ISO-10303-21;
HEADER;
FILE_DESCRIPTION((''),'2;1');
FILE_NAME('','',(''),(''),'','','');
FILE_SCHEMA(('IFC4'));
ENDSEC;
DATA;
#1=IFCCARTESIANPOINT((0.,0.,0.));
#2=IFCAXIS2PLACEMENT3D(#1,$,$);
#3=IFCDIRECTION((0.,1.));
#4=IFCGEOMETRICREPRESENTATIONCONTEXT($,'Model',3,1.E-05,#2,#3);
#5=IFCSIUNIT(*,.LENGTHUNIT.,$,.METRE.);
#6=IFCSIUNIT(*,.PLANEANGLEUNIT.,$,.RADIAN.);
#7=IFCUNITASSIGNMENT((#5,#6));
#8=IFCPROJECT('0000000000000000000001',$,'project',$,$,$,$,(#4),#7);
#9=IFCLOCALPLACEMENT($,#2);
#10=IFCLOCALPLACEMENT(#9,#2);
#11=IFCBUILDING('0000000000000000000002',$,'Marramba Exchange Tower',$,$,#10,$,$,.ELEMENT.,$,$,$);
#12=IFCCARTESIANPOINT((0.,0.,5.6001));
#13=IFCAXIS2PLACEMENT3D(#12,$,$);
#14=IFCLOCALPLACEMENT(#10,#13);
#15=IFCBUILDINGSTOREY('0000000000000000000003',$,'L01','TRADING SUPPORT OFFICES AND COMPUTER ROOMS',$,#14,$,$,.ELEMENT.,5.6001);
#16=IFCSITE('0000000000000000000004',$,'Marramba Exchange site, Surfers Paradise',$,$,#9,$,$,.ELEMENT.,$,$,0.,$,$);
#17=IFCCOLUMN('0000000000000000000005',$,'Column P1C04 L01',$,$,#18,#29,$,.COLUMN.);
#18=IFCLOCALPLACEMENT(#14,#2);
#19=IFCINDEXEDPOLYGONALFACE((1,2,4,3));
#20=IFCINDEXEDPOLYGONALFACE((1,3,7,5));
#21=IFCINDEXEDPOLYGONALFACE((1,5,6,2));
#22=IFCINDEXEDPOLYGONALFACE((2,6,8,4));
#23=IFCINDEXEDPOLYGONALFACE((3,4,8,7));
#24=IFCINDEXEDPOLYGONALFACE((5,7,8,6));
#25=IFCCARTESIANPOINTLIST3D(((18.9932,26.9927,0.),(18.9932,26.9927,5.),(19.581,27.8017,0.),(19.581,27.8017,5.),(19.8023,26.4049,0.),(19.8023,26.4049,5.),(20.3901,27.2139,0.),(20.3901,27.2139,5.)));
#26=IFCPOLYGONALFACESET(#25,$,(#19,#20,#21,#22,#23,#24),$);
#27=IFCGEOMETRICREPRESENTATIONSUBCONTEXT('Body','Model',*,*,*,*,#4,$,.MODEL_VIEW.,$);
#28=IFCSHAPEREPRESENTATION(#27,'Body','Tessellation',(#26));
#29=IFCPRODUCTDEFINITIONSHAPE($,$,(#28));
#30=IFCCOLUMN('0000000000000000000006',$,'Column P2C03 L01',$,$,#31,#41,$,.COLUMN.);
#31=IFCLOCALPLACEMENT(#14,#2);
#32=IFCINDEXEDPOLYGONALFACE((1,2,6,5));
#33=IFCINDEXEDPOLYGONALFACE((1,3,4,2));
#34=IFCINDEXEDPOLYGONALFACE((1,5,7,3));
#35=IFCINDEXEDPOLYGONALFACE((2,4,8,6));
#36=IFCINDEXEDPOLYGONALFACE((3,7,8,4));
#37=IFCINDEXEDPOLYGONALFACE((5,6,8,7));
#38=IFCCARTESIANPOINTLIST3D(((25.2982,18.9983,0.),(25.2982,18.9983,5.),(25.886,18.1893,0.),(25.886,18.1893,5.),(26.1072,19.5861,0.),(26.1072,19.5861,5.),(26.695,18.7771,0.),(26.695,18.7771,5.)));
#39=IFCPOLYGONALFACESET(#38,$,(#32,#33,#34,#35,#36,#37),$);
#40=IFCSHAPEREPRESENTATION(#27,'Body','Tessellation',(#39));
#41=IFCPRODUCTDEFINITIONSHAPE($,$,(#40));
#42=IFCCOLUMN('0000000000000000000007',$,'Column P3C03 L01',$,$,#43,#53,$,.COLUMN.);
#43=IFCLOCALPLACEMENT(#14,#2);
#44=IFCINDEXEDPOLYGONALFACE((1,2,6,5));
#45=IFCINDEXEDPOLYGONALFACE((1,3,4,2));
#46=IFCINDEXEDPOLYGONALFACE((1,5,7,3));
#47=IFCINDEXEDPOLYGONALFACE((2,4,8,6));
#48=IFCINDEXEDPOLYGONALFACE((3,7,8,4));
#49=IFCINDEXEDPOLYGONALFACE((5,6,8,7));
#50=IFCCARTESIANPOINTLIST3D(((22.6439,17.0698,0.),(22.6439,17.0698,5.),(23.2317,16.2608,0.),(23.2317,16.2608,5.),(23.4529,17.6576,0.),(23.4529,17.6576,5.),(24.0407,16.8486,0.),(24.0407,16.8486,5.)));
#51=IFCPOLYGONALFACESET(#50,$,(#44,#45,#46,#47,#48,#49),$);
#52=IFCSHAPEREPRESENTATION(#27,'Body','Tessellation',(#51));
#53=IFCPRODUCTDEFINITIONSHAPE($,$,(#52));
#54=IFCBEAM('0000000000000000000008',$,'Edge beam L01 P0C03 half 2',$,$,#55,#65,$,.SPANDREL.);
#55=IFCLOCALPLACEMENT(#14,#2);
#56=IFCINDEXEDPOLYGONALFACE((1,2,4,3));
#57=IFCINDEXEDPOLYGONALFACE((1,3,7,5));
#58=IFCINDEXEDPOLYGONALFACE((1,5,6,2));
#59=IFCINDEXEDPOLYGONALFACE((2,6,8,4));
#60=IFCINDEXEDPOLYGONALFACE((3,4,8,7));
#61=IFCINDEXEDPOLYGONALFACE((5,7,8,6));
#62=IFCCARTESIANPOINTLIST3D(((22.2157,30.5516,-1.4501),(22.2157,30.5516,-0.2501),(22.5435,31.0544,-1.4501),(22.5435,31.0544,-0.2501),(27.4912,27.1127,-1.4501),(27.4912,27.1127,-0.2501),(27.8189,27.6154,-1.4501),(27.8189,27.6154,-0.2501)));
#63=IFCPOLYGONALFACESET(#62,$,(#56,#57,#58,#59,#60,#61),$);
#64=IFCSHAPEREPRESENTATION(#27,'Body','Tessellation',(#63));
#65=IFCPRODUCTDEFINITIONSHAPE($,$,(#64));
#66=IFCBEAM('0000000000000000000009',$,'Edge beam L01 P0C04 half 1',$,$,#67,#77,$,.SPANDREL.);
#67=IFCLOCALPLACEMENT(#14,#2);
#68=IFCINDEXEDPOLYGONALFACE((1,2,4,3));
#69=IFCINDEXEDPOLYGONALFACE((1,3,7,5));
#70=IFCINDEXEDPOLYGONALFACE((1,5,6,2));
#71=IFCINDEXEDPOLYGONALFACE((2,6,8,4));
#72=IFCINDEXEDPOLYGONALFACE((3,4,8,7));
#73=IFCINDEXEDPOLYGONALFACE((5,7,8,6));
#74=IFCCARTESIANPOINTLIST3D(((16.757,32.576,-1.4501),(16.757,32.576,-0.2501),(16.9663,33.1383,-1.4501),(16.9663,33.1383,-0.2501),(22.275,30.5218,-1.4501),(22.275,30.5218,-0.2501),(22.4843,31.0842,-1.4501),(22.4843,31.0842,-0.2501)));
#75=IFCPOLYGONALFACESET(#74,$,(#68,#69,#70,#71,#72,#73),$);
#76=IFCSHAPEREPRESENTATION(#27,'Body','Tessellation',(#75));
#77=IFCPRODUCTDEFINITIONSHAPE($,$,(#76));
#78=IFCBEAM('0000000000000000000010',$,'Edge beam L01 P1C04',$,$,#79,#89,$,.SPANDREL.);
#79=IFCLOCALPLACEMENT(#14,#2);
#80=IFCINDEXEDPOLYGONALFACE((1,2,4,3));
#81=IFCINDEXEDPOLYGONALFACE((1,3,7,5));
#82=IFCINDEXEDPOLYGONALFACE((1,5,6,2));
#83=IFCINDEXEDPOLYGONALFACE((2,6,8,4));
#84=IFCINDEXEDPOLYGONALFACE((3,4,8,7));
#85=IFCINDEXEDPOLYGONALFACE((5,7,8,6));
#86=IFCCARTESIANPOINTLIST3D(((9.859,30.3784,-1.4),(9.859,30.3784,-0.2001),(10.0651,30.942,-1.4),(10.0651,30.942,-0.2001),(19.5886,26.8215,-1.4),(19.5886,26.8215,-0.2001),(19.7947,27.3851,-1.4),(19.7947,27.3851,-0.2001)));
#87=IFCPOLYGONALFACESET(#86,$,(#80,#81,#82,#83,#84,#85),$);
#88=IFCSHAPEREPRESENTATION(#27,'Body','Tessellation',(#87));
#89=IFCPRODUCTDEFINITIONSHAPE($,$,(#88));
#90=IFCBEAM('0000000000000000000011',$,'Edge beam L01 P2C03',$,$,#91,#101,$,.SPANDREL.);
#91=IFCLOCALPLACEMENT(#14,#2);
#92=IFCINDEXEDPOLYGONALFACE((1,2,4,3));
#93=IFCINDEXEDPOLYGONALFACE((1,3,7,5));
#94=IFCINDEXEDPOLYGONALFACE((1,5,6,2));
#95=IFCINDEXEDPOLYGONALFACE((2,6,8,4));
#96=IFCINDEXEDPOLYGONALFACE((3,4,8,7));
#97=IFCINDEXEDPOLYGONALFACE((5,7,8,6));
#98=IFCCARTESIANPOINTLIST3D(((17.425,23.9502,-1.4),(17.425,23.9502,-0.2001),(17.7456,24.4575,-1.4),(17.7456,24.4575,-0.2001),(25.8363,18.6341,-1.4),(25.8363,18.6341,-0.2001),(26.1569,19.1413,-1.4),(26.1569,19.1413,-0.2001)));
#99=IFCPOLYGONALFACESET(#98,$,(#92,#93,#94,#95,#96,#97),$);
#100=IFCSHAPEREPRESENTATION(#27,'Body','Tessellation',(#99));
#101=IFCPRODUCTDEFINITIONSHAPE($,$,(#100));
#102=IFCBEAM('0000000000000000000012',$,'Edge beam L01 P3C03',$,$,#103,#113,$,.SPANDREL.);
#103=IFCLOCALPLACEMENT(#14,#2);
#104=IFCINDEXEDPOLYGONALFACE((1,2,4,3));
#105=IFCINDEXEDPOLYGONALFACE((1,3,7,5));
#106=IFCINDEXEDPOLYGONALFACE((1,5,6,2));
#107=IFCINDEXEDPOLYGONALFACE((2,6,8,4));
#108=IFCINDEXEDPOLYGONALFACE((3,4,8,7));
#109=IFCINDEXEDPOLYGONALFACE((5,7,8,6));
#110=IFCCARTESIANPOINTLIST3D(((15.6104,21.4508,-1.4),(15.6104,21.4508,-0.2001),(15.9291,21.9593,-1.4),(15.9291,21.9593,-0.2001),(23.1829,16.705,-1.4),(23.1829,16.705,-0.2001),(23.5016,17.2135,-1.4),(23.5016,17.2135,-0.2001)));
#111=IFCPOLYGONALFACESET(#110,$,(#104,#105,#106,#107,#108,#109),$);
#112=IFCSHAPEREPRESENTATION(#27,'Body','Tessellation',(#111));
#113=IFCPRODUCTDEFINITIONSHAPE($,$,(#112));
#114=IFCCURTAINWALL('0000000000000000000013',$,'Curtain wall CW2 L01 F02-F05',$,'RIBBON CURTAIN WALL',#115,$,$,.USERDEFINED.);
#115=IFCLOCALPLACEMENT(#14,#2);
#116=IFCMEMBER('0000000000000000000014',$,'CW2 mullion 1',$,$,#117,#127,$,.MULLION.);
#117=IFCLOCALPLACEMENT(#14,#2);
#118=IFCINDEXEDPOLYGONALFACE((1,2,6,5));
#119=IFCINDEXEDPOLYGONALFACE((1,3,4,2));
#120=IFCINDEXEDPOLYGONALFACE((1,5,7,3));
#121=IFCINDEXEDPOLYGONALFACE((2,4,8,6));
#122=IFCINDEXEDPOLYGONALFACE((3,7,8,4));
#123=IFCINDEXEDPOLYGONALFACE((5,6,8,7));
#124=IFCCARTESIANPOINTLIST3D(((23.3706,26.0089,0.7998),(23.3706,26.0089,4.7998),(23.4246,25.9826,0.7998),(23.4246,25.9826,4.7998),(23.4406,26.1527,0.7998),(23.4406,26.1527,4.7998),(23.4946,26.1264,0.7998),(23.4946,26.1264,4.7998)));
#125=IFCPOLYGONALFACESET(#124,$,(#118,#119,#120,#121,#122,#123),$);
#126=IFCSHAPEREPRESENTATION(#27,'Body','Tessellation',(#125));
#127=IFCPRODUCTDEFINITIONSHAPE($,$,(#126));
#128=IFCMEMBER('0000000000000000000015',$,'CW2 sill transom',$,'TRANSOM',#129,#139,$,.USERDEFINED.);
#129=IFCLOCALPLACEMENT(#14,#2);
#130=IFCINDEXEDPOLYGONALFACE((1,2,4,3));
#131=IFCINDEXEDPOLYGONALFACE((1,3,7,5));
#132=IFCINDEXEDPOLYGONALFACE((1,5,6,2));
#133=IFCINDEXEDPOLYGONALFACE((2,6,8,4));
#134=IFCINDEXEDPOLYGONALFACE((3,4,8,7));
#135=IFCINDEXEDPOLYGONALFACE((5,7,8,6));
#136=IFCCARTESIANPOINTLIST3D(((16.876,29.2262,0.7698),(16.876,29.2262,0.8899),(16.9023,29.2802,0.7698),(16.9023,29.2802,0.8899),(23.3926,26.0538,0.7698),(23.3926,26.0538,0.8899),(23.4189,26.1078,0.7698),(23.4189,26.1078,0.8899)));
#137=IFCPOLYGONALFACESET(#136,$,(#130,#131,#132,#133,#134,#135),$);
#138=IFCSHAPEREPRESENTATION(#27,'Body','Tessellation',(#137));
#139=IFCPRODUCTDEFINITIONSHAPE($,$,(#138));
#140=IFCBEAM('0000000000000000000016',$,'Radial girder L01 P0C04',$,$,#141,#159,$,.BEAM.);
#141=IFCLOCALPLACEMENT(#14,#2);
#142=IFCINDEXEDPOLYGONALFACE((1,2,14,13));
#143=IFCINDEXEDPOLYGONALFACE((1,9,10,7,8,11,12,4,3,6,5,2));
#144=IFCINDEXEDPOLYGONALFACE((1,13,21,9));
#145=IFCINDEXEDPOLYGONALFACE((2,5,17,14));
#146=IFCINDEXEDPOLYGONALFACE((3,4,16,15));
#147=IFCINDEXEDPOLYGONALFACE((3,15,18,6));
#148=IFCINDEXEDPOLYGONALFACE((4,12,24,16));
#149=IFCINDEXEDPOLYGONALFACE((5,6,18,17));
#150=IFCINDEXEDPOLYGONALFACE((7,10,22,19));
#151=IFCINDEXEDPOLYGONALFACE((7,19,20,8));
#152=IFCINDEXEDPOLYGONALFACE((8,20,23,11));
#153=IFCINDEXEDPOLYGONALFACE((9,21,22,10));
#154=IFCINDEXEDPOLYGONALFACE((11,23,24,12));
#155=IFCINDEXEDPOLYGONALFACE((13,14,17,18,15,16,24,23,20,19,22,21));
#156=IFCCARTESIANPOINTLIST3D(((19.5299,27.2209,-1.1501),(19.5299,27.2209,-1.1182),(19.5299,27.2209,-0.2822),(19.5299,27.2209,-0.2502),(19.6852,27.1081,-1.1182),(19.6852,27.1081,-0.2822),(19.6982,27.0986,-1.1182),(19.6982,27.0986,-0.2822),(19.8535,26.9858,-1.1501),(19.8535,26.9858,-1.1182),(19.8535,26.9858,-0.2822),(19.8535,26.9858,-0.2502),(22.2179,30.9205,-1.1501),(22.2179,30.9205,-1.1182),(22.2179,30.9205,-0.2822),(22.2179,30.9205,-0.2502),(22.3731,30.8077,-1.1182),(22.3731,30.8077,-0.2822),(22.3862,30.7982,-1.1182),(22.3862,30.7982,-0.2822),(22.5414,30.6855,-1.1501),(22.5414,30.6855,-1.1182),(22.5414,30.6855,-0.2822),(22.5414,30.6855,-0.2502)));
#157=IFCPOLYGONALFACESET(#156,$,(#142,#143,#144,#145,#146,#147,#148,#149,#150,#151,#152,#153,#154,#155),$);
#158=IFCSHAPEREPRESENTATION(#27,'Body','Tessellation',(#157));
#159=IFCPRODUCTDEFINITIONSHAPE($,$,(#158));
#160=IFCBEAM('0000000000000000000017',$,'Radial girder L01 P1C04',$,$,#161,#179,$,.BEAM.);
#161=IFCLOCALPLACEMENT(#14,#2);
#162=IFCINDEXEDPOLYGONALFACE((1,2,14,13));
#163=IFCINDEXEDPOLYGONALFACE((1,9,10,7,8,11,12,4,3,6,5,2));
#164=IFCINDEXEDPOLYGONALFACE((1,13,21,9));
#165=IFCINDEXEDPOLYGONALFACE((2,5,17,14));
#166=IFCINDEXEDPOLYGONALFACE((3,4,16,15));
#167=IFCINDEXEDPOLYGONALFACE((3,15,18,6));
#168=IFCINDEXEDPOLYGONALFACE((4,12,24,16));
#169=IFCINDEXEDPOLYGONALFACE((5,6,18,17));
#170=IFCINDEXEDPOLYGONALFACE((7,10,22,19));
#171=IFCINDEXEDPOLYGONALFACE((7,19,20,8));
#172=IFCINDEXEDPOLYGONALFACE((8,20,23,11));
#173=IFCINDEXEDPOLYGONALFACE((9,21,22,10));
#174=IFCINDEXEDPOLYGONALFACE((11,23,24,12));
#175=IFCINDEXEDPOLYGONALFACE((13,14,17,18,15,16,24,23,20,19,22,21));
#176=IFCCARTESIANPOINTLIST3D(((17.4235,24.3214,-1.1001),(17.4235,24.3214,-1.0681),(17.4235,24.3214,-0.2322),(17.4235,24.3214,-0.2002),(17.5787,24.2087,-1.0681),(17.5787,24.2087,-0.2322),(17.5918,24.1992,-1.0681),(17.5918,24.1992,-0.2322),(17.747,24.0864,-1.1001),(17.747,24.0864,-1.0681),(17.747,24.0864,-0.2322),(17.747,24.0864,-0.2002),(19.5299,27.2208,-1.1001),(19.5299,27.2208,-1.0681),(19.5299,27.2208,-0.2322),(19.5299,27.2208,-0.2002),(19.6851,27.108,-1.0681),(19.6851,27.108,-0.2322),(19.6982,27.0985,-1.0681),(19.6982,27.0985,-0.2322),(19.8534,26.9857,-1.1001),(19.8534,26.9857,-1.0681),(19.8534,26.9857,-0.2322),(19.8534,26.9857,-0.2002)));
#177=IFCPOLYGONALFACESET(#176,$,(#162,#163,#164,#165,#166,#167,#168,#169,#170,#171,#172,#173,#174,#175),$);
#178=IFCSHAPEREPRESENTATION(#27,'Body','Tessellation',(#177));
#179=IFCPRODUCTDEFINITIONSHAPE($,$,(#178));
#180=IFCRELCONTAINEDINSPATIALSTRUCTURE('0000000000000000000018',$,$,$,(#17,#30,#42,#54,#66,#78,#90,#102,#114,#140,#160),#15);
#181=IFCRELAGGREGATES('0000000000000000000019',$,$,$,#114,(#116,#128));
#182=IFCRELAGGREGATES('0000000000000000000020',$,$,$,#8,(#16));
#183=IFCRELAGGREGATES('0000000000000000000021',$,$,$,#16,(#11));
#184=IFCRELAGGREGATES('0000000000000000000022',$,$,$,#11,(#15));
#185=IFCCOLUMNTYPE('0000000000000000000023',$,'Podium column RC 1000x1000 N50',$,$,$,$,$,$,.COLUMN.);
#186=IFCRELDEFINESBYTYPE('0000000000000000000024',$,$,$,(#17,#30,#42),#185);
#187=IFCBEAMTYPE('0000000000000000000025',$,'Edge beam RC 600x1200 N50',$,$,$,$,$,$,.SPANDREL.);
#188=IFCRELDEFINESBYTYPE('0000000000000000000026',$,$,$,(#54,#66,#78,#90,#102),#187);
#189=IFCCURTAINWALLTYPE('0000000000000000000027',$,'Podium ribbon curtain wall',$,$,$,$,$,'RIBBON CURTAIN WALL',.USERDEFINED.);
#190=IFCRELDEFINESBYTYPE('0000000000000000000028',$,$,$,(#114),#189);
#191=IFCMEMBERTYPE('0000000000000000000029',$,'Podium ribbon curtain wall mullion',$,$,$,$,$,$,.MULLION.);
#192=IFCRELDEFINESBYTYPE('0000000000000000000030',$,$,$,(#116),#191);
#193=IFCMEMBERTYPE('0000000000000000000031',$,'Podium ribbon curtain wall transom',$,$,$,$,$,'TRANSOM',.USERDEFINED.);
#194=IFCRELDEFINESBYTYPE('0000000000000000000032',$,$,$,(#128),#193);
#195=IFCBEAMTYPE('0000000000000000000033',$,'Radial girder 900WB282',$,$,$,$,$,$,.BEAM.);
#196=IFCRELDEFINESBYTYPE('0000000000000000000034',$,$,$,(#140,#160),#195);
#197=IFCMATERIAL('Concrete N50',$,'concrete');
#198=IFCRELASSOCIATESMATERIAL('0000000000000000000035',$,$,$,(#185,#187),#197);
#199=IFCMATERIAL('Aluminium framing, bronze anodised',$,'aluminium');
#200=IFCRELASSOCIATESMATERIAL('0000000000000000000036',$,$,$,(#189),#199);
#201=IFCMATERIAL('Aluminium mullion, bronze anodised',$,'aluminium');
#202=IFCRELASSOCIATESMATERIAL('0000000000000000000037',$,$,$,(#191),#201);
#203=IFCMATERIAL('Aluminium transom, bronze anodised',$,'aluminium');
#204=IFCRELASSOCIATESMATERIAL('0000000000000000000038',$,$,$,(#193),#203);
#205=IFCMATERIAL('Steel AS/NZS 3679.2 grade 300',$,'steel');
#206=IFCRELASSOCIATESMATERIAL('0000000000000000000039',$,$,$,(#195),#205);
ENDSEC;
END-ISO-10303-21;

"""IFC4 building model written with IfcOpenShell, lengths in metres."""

from ifc_helpers import new_model, si_unit, direction, frame, origin, origin_2d, place, context, subcontext, project, spatial, rectangle, i_section, extrude, material, material_profile, profile_set, type_object, element, aggregate, save


model = new_model("IFC4")

# Units and contexts
model_context = context("Model", 3, precision=1e-05, world=origin(), true_north=direction((0.0, 1.0)))
body_context = subcontext(model_context, "Body", "Model", "MODEL_VIEW")
ifc_project = project(units=[si_unit("LENGTHUNIT", "METRE"), si_unit("PLANEANGLEUNIT", "RADIAN")], contexts=[model_context])

# Site, building, storey
site_placement = place(None, origin())
site = spatial("IfcSite", under=ifc_project, at=site_placement, Name="Marramba Exchange site, Surfers Paradise", CompositionType="ELEMENT", RefElevation=0.0)
building_placement = place(site_placement, origin())
building = spatial("IfcBuilding", under=site, at=building_placement, Name="Marramba Exchange Tower", CompositionType="ELEMENT")
storey_placement = place(building_placement, frame((0.0, 0.0, 5.6001)))
storey = spatial("IfcBuildingStorey", under=building, at=storey_placement, Name="L01", Description="TRADING SUPPORT OFFICES AND COMPUTER ROOMS", CompositionType="ELEMENT", Elevation=5.6001)

# Columns
ifc_material_1 = material(Name="Concrete N50", Category="concrete")
ifc_material_profile_1 = material_profile(ifc_material_1, rectangle(XDim=1.0, YDim=1.0, at=origin_2d()), Name="RC 1000x1000")
ifc_profile_set_1 = profile_set([ifc_material_profile_1], Name="Concrete N50")
column_type = type_object("IfcColumnType", Name="Podium column RC 1000x1000 N50", PredefinedType="COLUMN", material=ifc_profile_set_1)
for number, where, z_axis, x_axis, name in (
    (1, (19.6917, 27.1033, 0.0), (0.0, 0.0, 1.0), (0.587785, 0.809017, 0.0), "Column P1C04 L01"),
    (2, (25.9966, 18.8877, 0.0), (0.0, 0.0, 1.0), (0.809017, 0.587785, 0.0), "Column P2C03 L01"),
    (3, (23.3423, 16.9592, 0.0), (0.0, 0.0, 1.0), (0.809017, 0.587785, 0.0), "Column P3C03 L01"),
):
    element("IfcColumn", number, at=place(storey_placement, frame(where, z_axis=z_axis, x_axis=x_axis)), inside=storey, type_object=column_type, Name=name, PredefinedType="COLUMN", context=body_context, shape_type="SweptSolid", body=[
        extrude(rectangle(XDim=1.0, YDim=1.0, at=origin_2d()), origin(), (0.0, 0.0, 1.0), 5.0),
    ])

# Beams
ifc_material_profile_2 = material_profile(ifc_material_1, rectangle(XDim=0.6001, YDim=1.2, at=origin_2d()), Name="RC 600x1200")
ifc_profile_set_2 = profile_set([ifc_material_profile_2], Name="Concrete N50")
beam_type_1 = type_object("IfcBeamType", Name="Edge beam RC 600x1200 N50", PredefinedType="SPANDREL", material=ifc_profile_set_2)
beam_1_placement = place(storey_placement, frame((27.655, 27.364, -0.8501), z_axis=(-0.83772, 0.5461, 0.0), x_axis=(-0.5461, -0.83772, 0.0)))
element("IfcBeam", 4, at=beam_1_placement, inside=storey, type_object=beam_type_1, Name="Edge beam L01 P0C03 half 2", PredefinedType="SPANDREL", context=body_context, shape_type="SweptSolid", body=[
    extrude(rectangle(XDim=0.6001, YDim=1.2, at=origin_2d()), origin(), (0.0, 0.0, 1.0), 6.2974),
])
beam_2_placement = place(storey_placement, frame((22.3796, 30.803, -0.8501), z_axis=(-0.937168, 0.348878, 0.0), x_axis=(-0.348878, -0.937168, 0.0)))
element("IfcBeam", 5, at=beam_2_placement, inside=storey, type_object=beam_type_1, Name="Edge beam L01 P0C04 half 1", PredefinedType="SPANDREL", context=body_context, shape_type="SweptSolid", body=[
    extrude(rectangle(XDim=0.6001, YDim=1.2, at=origin_2d()), origin(), (0.0, 0.0, 1.0), 5.8879),
])
beam_3_placement = place(storey_placement, frame((19.6917, 27.1033, -0.8), z_axis=(-0.939206, 0.343353, 0.0), x_axis=(-0.343353, -0.939206, 0.0)))
element("IfcBeam", 6, at=beam_3_placement, inside=storey, type_object=beam_type_1, Name="Edge beam L01 P1C04", PredefinedType="SPANDREL", context=body_context, shape_type="SweptSolid", body=[
    extrude(rectangle(XDim=0.6001, YDim=1.2, at=origin_2d()), origin(), (0.0, 0.0, 1.0), 10.3594),
])
beam_4_placement = place(storey_placement, frame((25.9966, 18.8877, -0.8), z_axis=(-0.84532, 0.53426, 0.0), x_axis=(-0.53426, -0.84532, 0.0)))
element("IfcBeam", 7, at=beam_4_placement, inside=storey, type_object=beam_type_1, Name="Edge beam L01 P2C03", PredefinedType="SPANDREL", context=body_context, shape_type="SweptSolid", body=[
    extrude(rectangle(XDim=0.6001, YDim=1.2, at=origin_2d()), origin(), (0.0, 0.0, 1.0), 9.9504),
])
beam_5_placement = place(storey_placement, frame((23.3423, 16.9592, -0.8), z_axis=(-0.847342, 0.531047, 0.0), x_axis=(-0.531047, -0.847342, 0.0)))
element("IfcBeam", 8, at=beam_5_placement, inside=storey, type_object=beam_type_1, Name="Edge beam L01 P3C03", PredefinedType="SPANDREL", context=body_context, shape_type="SweptSolid", body=[
    extrude(rectangle(XDim=0.6001, YDim=1.2, at=origin_2d()), origin(), (0.0, 0.0, 1.0), 8.9368),
])

# Curtain wall, members
ifc_material_2 = material(Name="Aluminium framing, bronze anodised", Category="aluminium")
curtain_wall_type = type_object("IfcCurtainWallType", Name="Podium ribbon curtain wall", ElementType="RIBBON CURTAIN WALL", PredefinedType="USERDEFINED", material=ifc_material_2)
curtain_wall_placement = place(storey_placement, origin())
curtain_wall = element("IfcCurtainWall", 9, at=curtain_wall_placement, inside=storey, type_object=curtain_wall_type, Name="Curtain wall CW2 L01 F02-F05", ObjectType="RIBBON CURTAIN WALL", PredefinedType="USERDEFINED")
ifc_material_3 = material(Name="Aluminium mullion, bronze anodised", Category="aluminium")
ifc_material_profile_3 = material_profile(ifc_material_3, rectangle(XDim=0.1599, YDim=0.0601, at=origin_2d()), Name="CW2 mullion 60x160")
ifc_profile_set_3 = profile_set([ifc_material_profile_3], Name="Aluminium mullion, bronze anodised")
member_type_1 = type_object("IfcMemberType", Name="Podium ribbon curtain wall mullion", PredefinedType="MULLION", material=ifc_profile_set_3)
member_1_placement = place(storey_placement, frame((23.4326, 26.0676, 0.7998), z_axis=(0.0, 0.0, 1.0), x_axis=(-0.437702, -0.89912, 0.0)))
member_1 = element("IfcMember", 10, at=member_1_placement, type_object=member_type_1, Name="CW2 mullion 1", PredefinedType="MULLION", context=body_context, shape_type="SweptSolid", body=[
    extrude(rectangle(XDim=0.1599, YDim=0.0601, at=origin_2d()), origin(), (0.0, 0.0, 1.0), 4.0),
])
ifc_material_4 = material(Name="Aluminium transom, bronze anodised", Category="aluminium")
ifc_material_profile_4 = material_profile(ifc_material_4, rectangle(XDim=0.0601, YDim=0.1201, at=origin_2d()), Name="CW2 transom 60x120")
ifc_profile_set_4 = profile_set([ifc_material_profile_4], Name="Aluminium transom, bronze anodised")
member_type_2 = type_object("IfcMemberType", Name="Podium ribbon curtain wall transom", ElementType="TRANSOM", PredefinedType="USERDEFINED", material=ifc_profile_set_4)
member_2_placement = place(storey_placement, frame((23.4058, 26.0808, 0.8298), z_axis=(-0.89912, 0.437703, 0.0), x_axis=(-0.437703, -0.89912, 0.0)))
member_2 = element("IfcMember", 11, at=member_2_placement, type_object=member_type_2, Name="CW2 sill transom", ObjectType="TRANSOM", PredefinedType="USERDEFINED", context=body_context, shape_type="SweptSolid", body=[
    extrude(rectangle(XDim=0.0601, YDim=0.1201, at=origin_2d()), origin(), (0.0, 0.0, 1.0), 7.2478),
])

# Beams
ifc_material_5 = material(Name="Steel AS/NZS 3679.2 grade 300", Category="steel")
ifc_material_profile_5 = material_profile(ifc_material_5, i_section(OverallWidth=0.3999, OverallDepth=0.8999, WebThickness=0.0161, FlangeThickness=0.032, at=origin_2d()), Name="900WB282")
ifc_profile_set_5 = profile_set([ifc_material_profile_5], Name="Steel AS/NZS 3679.2 grade 300")
beam_type_2 = type_object("IfcBeamType", Name="Radial girder 900WB282", PredefinedType="BEAM", material=ifc_profile_set_5)
beam_6_placement = place(storey_placement, frame((22.3796, 30.803, -0.7002), z_axis=(-0.587784, -0.809018, 0.0), x_axis=(0.809018, -0.587784, 0.0)))
element("IfcBeam", 12, at=beam_6_placement, inside=storey, type_object=beam_type_2, Name="Radial girder L01 P0C04", PredefinedType="BEAM", context=body_context, shape_type="SweptSolid", body=[
    extrude(i_section(OverallWidth=0.3999, OverallDepth=0.8999, WebThickness=0.0161, FlangeThickness=0.032, at=origin_2d()), origin(), (0.0, 0.0, 1.0), 4.573),
])
beam_7_placement = place(storey_placement, frame((19.6917, 27.1033, -0.6501), z_axis=(-0.587767, -0.809031, 0.0), x_axis=(0.809031, -0.587767, 0.0)))
element("IfcBeam", 13, at=beam_7_placement, inside=storey, type_object=beam_type_2, Name="Radial girder L01 P1C04", PredefinedType="BEAM", context=body_context, shape_type="SweptSolid", body=[
    extrude(i_section(OverallWidth=0.3999, OverallDepth=0.8999, WebThickness=0.0161, FlangeThickness=0.032, at=origin_2d()), origin(), (0.0, 0.0, 1.0), 3.5837),
])

aggregate(curtain_wall, [member_1, member_2])

save(model, "model.ifc")
